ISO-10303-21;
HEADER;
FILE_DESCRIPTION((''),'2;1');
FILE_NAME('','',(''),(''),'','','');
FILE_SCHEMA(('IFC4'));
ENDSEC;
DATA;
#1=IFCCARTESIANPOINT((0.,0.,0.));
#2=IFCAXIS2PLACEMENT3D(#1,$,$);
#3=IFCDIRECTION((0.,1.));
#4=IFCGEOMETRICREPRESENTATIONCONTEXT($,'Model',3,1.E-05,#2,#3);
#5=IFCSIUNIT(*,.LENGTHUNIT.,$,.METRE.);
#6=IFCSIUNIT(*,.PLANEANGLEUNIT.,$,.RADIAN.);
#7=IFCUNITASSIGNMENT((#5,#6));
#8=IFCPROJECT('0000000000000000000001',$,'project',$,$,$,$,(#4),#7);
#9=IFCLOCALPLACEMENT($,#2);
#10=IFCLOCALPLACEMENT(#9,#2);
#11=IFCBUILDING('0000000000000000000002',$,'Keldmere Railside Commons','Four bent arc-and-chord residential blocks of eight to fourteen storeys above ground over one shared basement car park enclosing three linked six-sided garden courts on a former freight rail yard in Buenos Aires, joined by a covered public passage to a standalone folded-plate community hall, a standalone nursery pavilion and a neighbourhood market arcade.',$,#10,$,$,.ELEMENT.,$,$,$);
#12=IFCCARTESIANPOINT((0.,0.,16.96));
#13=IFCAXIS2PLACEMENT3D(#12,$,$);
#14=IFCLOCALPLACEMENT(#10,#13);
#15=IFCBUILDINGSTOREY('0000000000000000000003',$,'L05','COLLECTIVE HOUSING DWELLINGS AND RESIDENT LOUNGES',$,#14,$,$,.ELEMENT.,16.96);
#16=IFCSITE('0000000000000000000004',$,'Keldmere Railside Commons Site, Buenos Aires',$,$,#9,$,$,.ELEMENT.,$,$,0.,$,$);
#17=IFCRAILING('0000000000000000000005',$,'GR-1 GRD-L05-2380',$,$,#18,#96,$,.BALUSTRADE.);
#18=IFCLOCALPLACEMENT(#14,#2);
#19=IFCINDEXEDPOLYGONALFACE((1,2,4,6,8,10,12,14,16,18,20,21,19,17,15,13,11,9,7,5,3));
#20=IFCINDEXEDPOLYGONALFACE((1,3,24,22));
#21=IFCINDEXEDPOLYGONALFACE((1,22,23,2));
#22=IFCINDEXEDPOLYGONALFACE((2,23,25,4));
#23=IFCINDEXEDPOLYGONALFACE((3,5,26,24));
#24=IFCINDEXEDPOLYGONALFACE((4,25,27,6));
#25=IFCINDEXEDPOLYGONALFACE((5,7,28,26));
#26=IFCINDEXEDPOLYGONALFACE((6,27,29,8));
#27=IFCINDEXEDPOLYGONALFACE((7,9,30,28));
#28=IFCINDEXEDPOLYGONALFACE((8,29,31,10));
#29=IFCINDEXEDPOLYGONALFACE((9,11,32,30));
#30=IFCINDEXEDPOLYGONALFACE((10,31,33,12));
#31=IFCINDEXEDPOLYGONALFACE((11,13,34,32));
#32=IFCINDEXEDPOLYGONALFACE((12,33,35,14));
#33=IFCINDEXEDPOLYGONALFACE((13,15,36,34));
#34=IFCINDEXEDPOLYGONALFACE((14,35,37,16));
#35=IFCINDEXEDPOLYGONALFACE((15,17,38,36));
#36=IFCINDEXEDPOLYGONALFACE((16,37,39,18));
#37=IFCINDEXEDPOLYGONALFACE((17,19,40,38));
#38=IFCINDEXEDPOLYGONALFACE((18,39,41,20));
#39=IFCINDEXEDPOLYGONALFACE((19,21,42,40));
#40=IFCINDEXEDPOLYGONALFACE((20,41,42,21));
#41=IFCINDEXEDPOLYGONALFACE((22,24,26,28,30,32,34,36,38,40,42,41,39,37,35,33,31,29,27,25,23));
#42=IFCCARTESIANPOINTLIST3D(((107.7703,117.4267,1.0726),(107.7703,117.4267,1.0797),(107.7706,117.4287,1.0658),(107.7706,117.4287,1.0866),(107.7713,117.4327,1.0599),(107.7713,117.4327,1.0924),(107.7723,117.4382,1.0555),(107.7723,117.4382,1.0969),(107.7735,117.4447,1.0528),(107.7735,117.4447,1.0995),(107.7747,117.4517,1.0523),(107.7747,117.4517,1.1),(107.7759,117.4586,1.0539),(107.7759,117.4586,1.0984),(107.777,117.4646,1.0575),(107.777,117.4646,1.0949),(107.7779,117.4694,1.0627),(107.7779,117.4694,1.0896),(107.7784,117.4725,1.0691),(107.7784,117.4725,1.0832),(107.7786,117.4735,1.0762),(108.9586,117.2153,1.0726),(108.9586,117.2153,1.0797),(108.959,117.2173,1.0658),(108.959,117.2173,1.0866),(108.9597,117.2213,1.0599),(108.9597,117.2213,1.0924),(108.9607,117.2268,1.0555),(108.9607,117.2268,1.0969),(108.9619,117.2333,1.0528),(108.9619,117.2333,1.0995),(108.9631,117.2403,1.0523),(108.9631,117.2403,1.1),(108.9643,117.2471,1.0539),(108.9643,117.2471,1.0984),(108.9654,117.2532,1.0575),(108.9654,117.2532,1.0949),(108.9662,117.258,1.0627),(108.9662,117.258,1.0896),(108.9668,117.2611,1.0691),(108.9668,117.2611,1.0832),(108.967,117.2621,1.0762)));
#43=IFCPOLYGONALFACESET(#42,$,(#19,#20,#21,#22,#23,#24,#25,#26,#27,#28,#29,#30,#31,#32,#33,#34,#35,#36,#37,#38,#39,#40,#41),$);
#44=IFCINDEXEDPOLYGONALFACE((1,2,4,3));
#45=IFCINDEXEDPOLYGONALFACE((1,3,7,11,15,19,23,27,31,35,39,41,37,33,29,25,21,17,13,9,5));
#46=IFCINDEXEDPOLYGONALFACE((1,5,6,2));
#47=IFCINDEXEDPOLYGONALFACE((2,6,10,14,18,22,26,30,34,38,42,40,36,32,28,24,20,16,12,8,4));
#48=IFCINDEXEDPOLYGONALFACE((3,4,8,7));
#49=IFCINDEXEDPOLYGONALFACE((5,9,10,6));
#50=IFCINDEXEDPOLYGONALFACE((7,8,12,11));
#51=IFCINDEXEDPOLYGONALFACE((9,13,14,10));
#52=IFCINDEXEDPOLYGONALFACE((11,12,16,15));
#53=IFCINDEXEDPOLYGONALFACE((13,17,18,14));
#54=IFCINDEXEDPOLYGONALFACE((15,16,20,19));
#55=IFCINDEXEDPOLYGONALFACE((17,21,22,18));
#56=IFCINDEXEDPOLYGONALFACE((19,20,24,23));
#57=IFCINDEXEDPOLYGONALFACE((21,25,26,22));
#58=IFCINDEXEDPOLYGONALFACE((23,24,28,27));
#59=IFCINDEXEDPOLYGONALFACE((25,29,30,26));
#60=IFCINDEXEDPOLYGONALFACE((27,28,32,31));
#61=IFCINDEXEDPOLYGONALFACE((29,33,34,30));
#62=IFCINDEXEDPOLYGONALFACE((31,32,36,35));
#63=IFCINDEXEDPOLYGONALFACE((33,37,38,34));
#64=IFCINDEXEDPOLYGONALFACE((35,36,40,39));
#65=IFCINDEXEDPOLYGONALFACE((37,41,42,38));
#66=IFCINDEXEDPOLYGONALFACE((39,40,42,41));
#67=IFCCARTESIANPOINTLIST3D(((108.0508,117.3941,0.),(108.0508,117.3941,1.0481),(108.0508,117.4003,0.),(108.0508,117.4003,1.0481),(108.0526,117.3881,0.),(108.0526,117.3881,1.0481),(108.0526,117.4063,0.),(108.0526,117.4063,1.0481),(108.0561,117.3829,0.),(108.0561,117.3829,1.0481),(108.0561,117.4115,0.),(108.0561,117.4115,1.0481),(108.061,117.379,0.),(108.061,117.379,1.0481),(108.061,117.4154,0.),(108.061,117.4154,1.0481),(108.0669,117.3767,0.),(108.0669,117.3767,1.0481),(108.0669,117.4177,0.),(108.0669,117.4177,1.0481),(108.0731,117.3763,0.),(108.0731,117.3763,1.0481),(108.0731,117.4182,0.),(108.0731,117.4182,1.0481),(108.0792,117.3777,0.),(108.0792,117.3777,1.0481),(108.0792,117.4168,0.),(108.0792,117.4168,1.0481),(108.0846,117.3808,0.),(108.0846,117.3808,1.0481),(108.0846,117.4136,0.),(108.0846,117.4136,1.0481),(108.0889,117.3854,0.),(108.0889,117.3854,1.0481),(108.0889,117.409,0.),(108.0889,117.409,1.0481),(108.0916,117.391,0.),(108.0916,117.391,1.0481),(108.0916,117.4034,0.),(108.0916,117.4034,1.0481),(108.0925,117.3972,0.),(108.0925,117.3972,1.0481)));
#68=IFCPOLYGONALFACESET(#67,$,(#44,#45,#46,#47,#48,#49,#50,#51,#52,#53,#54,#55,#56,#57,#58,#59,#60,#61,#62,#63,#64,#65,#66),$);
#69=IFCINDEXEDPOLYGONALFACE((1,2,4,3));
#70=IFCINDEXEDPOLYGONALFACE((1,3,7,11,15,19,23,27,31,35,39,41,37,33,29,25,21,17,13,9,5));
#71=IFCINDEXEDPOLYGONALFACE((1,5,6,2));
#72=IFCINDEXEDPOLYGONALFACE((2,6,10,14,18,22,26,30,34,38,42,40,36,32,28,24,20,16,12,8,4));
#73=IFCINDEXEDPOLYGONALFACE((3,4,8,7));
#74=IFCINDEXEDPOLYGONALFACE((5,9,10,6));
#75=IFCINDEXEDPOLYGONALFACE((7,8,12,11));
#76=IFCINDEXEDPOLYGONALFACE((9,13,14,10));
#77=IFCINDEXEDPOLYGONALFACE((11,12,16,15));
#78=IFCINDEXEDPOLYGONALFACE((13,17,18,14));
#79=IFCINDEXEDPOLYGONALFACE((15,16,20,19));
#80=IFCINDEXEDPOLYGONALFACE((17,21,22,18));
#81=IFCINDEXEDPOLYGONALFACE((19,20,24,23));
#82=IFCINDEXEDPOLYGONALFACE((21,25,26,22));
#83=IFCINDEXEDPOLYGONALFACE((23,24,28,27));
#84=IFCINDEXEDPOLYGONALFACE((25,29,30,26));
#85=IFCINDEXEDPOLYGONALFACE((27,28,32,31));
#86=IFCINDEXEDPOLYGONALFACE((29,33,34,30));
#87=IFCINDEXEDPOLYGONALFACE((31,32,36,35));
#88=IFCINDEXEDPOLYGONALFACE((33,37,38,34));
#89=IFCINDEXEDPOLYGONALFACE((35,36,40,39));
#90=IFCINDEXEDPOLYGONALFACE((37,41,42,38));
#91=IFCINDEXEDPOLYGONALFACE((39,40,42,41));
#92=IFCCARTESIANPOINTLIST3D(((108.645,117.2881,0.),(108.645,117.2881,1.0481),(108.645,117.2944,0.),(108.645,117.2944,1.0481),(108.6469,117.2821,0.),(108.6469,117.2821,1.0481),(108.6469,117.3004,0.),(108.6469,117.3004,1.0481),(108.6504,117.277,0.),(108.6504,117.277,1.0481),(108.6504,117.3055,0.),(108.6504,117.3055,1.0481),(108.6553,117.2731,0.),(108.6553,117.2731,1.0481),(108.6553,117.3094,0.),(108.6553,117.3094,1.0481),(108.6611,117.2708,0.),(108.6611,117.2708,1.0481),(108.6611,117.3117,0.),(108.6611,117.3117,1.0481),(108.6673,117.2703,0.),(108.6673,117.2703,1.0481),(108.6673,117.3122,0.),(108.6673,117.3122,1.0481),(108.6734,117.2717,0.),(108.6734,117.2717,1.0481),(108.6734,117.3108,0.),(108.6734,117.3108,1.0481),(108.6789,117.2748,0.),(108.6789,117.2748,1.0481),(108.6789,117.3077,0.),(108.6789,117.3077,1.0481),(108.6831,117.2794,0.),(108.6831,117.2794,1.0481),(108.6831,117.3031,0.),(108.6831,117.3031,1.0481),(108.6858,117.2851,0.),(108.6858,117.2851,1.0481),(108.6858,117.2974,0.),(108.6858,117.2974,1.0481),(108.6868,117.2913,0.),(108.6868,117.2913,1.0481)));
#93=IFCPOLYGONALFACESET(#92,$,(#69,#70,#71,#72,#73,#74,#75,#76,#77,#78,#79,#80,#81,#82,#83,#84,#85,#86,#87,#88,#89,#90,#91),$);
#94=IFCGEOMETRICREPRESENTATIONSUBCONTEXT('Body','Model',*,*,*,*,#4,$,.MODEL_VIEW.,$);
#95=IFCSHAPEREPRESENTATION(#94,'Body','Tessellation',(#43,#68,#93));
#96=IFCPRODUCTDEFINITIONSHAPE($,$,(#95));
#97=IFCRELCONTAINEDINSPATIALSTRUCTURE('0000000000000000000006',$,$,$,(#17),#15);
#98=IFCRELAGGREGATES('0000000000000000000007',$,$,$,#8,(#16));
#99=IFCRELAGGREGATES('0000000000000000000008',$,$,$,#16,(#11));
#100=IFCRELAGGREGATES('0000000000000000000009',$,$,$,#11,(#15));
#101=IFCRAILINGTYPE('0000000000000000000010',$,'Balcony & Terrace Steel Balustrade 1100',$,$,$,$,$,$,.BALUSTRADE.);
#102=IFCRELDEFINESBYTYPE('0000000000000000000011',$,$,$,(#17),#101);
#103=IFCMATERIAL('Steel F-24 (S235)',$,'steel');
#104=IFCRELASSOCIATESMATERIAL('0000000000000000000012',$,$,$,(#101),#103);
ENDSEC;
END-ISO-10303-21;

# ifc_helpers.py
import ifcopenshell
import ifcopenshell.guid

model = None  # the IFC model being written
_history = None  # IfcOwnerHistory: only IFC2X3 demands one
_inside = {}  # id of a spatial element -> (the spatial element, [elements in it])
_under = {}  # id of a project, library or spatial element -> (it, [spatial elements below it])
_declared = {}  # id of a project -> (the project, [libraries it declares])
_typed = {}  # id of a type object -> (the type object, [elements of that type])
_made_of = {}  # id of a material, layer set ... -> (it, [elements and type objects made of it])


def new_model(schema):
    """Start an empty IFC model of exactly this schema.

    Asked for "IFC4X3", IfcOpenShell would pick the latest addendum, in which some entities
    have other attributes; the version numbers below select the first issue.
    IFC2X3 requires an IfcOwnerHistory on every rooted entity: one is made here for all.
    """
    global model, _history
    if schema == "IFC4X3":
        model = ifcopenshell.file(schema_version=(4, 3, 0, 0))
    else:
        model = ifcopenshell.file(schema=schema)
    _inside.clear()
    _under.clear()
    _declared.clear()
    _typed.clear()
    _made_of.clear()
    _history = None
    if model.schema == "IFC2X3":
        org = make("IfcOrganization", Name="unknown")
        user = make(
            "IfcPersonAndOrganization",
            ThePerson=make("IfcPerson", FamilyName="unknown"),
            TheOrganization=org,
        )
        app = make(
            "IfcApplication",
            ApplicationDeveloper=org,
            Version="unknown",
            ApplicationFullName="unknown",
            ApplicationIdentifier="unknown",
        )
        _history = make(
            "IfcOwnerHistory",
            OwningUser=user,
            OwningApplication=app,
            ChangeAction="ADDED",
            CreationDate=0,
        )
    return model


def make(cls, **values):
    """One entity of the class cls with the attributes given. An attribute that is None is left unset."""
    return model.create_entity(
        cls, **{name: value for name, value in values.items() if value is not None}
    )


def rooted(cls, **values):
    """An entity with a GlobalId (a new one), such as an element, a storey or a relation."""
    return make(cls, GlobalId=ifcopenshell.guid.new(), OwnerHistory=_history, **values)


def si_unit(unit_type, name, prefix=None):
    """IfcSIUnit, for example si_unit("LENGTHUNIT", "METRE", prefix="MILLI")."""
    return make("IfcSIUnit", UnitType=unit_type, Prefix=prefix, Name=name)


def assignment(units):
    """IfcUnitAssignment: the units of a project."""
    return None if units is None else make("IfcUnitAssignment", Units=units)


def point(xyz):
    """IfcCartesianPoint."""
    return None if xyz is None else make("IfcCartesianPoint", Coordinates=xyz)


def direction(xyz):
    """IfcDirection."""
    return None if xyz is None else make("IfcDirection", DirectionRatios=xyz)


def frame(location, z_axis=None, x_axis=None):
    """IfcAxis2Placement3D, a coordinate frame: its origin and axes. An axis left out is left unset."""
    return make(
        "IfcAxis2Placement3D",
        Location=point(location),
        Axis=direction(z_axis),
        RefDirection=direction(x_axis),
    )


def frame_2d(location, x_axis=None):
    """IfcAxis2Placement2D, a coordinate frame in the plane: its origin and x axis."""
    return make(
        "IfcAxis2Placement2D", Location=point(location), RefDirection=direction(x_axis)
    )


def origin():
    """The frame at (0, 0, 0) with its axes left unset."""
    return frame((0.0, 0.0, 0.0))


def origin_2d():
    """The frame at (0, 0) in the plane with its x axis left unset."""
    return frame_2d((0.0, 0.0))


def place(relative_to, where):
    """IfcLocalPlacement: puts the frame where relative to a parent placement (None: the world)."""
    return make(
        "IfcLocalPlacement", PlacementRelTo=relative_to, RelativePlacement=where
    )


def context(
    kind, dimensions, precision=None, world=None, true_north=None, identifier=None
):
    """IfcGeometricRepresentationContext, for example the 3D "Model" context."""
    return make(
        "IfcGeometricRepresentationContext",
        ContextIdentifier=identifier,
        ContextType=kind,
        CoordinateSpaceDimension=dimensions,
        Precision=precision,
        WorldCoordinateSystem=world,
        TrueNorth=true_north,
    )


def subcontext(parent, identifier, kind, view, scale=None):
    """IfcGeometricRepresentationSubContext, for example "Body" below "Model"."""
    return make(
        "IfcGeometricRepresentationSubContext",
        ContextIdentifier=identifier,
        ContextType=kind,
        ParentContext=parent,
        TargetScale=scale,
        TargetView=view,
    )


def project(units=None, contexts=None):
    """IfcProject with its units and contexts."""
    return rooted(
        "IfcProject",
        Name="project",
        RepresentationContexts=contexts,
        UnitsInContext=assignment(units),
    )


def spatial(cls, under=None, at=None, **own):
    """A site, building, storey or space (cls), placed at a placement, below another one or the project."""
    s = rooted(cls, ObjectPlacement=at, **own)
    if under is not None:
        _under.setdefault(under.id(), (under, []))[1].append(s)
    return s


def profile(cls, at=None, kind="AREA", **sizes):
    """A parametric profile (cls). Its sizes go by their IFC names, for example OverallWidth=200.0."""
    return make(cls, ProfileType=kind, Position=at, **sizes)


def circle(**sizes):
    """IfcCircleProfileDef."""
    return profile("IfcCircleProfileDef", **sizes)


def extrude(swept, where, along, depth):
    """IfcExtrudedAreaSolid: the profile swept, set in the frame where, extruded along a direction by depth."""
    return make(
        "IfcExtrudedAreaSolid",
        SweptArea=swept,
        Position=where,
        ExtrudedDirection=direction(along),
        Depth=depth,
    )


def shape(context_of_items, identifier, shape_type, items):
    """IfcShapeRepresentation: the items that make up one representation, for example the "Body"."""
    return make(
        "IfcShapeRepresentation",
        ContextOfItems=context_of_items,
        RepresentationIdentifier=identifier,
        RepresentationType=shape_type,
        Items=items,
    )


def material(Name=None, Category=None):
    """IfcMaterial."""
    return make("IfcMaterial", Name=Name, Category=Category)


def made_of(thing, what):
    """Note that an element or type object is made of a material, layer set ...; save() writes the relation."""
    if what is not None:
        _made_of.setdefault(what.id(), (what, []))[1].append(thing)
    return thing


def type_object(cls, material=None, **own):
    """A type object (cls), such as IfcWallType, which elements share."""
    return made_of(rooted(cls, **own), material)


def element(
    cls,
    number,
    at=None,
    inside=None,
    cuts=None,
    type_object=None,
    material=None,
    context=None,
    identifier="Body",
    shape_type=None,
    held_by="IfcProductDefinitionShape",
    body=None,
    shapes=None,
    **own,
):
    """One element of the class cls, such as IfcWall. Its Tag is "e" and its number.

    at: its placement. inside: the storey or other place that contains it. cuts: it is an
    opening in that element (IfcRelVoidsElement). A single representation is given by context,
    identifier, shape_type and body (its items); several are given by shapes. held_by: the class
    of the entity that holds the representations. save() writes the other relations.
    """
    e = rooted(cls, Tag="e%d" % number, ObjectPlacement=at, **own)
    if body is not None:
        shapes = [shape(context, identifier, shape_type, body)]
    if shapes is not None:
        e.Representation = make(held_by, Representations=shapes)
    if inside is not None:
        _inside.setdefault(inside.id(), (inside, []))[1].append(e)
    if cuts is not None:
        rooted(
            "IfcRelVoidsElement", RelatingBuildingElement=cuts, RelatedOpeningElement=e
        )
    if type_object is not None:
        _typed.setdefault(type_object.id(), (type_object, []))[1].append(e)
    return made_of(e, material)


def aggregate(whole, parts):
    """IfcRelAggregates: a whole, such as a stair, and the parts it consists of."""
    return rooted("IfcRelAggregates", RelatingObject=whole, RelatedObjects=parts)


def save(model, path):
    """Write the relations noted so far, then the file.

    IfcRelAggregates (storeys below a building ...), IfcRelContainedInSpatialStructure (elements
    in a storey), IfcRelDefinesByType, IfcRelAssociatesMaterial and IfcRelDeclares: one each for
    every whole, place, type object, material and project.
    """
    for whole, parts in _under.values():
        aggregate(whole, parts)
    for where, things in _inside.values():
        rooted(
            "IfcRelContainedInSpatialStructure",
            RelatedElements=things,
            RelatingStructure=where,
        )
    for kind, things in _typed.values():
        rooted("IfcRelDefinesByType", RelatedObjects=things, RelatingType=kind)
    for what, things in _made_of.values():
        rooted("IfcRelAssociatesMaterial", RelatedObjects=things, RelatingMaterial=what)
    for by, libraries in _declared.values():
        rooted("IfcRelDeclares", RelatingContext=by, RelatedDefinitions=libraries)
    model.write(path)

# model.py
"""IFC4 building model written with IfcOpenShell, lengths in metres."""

from ifc_helpers import new_model, si_unit, direction, frame, origin, origin_2d, place, context, subcontext, project, spatial, circle, extrude, material, type_object, element, save


model = new_model("IFC4")

# Units and contexts
model_context = context("Model", 3, precision=1e-05, world=origin(), true_north=direction((0.0, 1.0)))
body_context = subcontext(model_context, "Body", "Model", "MODEL_VIEW")
ifc_project = project(units=[si_unit("LENGTHUNIT", "METRE"), si_unit("PLANEANGLEUNIT", "RADIAN")], contexts=[model_context])

# Site, building, storey
site_placement = place(None, origin())
site = spatial("IfcSite", under=ifc_project, at=site_placement, Name="Keldmere Railside Commons Site, Buenos Aires", CompositionType="ELEMENT", RefElevation=0.0)
building_placement = place(site_placement, origin())
building = spatial("IfcBuilding", under=site, at=building_placement, Name="Keldmere Railside Commons", Description="Four bent arc-and-chord residential blocks of eight to fourteen storeys above ground over one shared basement car park enclosing three linked six-sided garden courts on a former freight rail yard in Buenos Aires, joined by a covered public passage to a standalone folded-plate community hall, a standalone nursery pavilion and a neighbourhood market arcade.", CompositionType="ELEMENT")
storey_placement = place(building_placement, frame((0.0, 0.0, 16.96)))
storey = spatial("IfcBuildingStorey", under=building, at=storey_placement, Name="L05", Description="COLLECTIVE HOUSING DWELLINGS AND RESIDENT LOUNGES", CompositionType="ELEMENT", Elevation=16.96)

# Railing
ifc_material_1 = material(Name="Steel F-24 (S235)", Category="steel")
railing_type = type_object("IfcRailingType", Name="Balcony & Terrace Steel Balustrade 1100", PredefinedType="BALUSTRADE", material=ifc_material_1)
railing_1_placement = place(storey_placement, frame((107.7744, 117.45, 0.0)))
element("IfcRailing", 1, at=railing_1_placement, inside=storey, type_object=railing_type, Name="GR-1 GRD-L05-2380", PredefinedType="BALUSTRADE", context=body_context, shape_type="SweptSolid", body=[
    extrude(circle(Radius=0.0239, at=origin_2d()), frame((0.0, 0.0, 1.0762), z_axis=(0.984542, -0.175147, 0.0), x_axis=(0.175147, 0.984542, 0.0)), (0.0, 0.0, 1.0), 1.207),
    extrude(circle(Radius=0.021, at=origin_2d()), frame((0.2971, -0.0527, 0.0)), (0.0, 0.0, 1.0), 1.0481),
    extrude(circle(Radius=0.021, at=origin_2d()), frame((0.8914, -0.1587, 0.0)), (0.0, 0.0, 1.0), 1.0481),
])

save(model, "model.ifc")
